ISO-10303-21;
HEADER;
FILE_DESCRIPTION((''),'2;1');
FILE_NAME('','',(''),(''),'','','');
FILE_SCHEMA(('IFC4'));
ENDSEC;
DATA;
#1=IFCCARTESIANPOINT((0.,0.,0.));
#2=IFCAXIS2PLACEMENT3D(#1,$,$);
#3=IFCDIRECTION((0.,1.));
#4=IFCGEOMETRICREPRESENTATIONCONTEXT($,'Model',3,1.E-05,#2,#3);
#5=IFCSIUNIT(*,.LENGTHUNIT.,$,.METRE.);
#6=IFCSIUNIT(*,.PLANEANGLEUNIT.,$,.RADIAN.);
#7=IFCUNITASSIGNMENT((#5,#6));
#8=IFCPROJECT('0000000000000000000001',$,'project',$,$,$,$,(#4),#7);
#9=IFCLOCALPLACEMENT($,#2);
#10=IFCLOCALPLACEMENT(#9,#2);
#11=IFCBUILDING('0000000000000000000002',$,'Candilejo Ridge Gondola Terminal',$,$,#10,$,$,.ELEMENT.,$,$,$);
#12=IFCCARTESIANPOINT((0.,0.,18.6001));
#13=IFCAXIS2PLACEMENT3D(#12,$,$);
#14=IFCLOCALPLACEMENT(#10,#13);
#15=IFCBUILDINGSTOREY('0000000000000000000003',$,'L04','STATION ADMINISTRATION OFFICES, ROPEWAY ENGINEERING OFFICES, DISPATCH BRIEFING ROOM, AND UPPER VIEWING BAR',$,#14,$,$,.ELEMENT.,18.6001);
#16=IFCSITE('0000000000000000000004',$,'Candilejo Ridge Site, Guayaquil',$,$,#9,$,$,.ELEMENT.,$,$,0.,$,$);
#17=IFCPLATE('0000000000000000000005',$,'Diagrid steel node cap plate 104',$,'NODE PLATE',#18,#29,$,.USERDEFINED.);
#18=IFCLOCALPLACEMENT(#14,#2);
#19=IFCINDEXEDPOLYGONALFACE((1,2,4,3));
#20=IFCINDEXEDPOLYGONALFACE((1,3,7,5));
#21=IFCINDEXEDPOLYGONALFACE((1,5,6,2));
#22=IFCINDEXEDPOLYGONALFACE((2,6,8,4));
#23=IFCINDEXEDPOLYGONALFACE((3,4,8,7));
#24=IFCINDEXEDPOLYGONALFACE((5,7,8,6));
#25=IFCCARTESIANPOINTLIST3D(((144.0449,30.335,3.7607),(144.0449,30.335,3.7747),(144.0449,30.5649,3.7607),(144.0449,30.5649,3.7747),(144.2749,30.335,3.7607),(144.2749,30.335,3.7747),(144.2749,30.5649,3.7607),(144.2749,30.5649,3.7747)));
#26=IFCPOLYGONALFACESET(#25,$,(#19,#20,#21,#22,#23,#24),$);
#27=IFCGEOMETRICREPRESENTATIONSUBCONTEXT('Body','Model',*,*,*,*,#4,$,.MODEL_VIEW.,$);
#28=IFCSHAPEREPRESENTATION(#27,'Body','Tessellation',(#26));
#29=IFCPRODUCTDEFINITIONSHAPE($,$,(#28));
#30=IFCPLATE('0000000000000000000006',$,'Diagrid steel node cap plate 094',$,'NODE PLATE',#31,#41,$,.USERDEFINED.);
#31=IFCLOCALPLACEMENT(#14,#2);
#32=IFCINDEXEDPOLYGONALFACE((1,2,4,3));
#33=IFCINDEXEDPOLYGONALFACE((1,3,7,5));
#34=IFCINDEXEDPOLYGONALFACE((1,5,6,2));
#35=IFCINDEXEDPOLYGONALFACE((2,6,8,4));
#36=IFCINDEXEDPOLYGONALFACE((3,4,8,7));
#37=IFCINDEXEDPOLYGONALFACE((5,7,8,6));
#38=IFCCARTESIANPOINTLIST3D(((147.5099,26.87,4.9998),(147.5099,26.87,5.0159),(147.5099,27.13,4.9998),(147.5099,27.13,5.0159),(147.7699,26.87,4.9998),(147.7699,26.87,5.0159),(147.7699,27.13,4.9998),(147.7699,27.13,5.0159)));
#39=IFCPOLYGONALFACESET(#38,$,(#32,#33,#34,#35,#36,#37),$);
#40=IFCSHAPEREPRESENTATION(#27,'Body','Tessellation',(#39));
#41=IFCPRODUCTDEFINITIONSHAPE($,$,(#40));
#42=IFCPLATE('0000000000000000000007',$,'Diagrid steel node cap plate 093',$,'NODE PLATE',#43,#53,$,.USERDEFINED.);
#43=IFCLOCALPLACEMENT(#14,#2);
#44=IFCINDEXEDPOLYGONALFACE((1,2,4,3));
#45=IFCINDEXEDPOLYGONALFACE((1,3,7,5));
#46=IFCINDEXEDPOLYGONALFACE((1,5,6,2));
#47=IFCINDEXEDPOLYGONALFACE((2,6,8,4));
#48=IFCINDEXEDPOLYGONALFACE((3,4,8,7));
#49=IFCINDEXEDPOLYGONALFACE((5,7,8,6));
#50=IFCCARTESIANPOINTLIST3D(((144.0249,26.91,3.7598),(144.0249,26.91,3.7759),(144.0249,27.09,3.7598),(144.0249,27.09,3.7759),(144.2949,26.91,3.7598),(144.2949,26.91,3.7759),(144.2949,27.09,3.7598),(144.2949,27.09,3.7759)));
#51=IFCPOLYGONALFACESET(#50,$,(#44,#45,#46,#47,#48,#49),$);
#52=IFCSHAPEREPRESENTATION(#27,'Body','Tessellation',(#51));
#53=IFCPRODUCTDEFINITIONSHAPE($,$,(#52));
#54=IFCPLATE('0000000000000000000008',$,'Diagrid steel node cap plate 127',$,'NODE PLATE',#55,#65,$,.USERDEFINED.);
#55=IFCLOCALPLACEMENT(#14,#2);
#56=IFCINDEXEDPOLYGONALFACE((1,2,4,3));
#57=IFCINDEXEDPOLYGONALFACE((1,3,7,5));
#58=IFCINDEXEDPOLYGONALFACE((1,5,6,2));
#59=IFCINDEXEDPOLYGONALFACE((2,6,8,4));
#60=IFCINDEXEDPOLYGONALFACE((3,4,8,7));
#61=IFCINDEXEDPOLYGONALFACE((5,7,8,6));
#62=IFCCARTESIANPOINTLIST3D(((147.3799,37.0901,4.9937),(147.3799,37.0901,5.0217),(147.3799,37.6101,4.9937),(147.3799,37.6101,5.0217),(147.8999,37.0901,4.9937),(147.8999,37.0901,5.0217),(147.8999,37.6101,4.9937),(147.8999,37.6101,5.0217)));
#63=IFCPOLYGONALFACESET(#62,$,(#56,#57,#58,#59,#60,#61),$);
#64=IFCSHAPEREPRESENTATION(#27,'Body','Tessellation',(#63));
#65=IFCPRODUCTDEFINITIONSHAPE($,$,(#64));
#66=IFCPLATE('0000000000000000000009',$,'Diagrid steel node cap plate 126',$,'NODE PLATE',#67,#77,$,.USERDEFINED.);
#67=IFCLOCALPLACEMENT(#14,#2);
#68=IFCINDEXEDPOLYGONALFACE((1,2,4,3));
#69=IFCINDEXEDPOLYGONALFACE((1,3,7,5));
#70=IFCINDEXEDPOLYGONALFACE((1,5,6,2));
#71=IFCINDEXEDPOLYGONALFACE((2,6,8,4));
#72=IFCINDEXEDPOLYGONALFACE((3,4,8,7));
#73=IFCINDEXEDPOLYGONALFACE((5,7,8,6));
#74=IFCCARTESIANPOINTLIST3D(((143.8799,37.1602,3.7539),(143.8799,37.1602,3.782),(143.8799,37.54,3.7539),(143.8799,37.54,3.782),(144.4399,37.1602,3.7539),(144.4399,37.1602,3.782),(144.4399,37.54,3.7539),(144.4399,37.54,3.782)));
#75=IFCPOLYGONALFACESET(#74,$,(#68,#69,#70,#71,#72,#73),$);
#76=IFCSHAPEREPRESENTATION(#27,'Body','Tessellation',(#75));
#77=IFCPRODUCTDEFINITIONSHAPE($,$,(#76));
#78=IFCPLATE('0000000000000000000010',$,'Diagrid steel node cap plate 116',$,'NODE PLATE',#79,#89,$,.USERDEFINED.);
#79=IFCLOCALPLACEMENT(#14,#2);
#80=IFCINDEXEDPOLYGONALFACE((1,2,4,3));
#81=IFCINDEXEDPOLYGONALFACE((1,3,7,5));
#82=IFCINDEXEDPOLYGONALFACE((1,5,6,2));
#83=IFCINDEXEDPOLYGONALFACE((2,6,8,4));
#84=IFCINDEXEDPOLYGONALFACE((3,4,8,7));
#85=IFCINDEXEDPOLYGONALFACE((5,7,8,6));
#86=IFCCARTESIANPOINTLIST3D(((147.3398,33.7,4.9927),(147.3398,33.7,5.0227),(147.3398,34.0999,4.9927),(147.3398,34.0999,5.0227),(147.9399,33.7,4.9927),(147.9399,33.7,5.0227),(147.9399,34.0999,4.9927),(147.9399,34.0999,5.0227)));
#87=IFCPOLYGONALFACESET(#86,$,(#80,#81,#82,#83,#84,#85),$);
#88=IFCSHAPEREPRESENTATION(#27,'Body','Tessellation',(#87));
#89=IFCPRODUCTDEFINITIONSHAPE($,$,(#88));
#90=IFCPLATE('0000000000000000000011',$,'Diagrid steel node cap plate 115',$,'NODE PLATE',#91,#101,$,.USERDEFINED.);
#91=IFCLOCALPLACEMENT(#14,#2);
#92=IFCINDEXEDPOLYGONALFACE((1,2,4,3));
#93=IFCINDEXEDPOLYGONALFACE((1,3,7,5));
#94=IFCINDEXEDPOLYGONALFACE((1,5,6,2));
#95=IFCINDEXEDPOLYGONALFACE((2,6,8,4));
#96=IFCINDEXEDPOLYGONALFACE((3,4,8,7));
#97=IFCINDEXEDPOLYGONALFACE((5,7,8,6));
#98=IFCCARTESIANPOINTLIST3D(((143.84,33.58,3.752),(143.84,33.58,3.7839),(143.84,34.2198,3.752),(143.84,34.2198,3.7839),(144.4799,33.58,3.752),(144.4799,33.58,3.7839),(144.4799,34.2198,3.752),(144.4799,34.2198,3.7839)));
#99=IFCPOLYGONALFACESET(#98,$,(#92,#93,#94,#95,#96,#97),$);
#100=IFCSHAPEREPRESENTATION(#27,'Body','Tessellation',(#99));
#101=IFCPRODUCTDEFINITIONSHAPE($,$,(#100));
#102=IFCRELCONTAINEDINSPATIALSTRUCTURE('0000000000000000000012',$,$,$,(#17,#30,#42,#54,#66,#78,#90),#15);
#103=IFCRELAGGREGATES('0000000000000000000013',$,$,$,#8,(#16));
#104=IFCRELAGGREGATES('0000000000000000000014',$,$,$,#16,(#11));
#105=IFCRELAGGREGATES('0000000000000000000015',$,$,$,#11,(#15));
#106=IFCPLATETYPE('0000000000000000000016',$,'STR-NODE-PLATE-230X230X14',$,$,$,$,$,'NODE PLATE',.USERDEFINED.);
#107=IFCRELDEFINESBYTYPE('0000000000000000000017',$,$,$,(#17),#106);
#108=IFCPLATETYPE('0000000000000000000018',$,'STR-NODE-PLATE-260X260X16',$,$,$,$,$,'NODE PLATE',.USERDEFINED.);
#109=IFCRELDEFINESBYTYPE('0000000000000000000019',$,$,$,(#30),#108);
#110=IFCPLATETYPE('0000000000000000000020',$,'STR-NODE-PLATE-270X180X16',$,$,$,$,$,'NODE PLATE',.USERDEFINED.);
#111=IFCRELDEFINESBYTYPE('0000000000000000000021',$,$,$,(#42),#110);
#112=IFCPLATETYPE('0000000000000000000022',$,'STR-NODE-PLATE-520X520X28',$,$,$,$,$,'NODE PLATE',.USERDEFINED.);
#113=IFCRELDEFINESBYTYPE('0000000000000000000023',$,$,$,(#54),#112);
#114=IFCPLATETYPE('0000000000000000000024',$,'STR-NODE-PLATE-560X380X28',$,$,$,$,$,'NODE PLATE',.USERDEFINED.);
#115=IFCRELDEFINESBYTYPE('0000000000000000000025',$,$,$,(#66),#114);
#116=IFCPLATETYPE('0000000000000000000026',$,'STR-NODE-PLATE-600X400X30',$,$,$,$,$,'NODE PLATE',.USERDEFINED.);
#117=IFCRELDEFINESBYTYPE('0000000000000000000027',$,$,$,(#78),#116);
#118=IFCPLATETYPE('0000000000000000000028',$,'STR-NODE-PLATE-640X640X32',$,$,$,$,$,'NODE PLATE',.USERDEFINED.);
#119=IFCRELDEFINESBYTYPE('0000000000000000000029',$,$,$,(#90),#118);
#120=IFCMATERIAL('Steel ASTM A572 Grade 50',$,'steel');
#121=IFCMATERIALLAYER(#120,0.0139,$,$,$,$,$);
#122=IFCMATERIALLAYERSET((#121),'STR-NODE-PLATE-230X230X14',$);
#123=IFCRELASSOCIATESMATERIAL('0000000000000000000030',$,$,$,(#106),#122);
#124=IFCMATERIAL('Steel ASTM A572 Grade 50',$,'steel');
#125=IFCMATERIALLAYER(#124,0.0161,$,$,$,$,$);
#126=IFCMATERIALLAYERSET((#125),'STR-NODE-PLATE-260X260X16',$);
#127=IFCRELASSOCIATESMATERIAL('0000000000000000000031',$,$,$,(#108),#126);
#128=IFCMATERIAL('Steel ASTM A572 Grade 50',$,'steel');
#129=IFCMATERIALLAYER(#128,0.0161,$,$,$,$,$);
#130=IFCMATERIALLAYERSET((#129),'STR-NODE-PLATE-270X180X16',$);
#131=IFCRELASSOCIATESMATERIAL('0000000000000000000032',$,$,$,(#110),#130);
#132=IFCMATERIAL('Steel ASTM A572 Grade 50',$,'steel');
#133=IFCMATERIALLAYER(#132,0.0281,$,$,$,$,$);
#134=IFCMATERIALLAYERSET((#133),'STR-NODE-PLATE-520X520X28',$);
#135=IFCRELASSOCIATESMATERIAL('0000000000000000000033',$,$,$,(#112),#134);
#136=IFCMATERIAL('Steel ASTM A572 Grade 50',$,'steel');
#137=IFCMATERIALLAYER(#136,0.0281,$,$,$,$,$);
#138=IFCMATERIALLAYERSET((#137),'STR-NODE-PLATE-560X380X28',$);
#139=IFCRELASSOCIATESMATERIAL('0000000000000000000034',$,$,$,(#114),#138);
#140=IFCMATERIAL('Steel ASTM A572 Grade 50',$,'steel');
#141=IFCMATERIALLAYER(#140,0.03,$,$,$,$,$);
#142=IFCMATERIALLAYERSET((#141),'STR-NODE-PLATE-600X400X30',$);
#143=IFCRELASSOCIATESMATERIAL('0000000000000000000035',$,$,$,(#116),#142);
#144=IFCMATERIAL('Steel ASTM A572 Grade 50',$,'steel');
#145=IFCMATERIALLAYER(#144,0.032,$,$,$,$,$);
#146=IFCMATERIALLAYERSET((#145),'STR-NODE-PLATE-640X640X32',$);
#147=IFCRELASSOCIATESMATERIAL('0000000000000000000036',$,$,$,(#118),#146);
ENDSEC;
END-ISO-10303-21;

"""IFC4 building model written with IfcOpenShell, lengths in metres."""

from ifc_helpers import new_model, si_unit, direction, frame, origin, origin_2d, place, context, subcontext, project, spatial, rectangle, extrude, material, layer, layer_set, type_object, element, save


model = new_model("IFC4")

# Units and contexts
model_context = context("Model", 3, precision=1e-05, world=origin(), true_north=direction((0.0, 1.0)))
body_context = subcontext(model_context, "Body", "Model", "MODEL_VIEW")
ifc_project = project(units=[si_unit("LENGTHUNIT", "METRE"), si_unit("PLANEANGLEUNIT", "RADIAN")], contexts=[model_context])

# Site, building, storey
site_placement = place(None, origin())
site = spatial("IfcSite", under=ifc_project, at=site_placement, Name="Candilejo Ridge Site, Guayaquil", CompositionType="ELEMENT", RefElevation=0.0)
building_placement = place(site_placement, origin())
building = spatial("IfcBuilding", under=site, at=building_placement, Name="Candilejo Ridge Gondola Terminal", CompositionType="ELEMENT")
storey_placement = place(building_placement, frame((0.0, 0.0, 18.6001)))
storey = spatial("IfcBuildingStorey", under=building, at=storey_placement, Name="L04", Description="STATION ADMINISTRATION OFFICES, ROPEWAY ENGINEERING OFFICES, DISPATCH BRIEFING ROOM, AND UPPER VIEWING BAR", CompositionType="ELEMENT", Elevation=18.6001)

# Plates
ifc_material_1 = material(Name="Steel ASTM A572 Grade 50", Category="steel")
ifc_layer_1 = layer(ifc_material_1, 0.0139)
ifc_layer_set_1 = layer_set([ifc_layer_1], Name="STR-NODE-PLATE-230X230X14")
plate_type_1 = type_object("IfcPlateType", Name="STR-NODE-PLATE-230X230X14", ElementType="NODE PLATE", PredefinedType="USERDEFINED", material=ifc_layer_set_1)
plate_1_placement = place(storey_placement, frame((144.1599, 30.45, 3.7607), z_axis=(0.0, 0.0, 1.0), x_axis=(1.0, 0.0, 0.0)))
element("IfcPlate", 1, at=plate_1_placement, inside=storey, type_object=plate_type_1, Name="Diagrid steel node cap plate 104", ObjectType="NODE PLATE", PredefinedType="USERDEFINED", context=body_context, shape_type="SweptSolid", body=[
    extrude(rectangle(XDim=0.23, YDim=0.23, at=origin_2d()), origin(), (0.0, 0.0, 1.0), 0.0139),
])
ifc_material_2 = material(Name="Steel ASTM A572 Grade 50", Category="steel")
ifc_layer_2 = layer(ifc_material_2, 0.0161)
ifc_layer_set_2 = layer_set([ifc_layer_2], Name="STR-NODE-PLATE-260X260X16")
plate_type_2 = type_object("IfcPlateType", Name="STR-NODE-PLATE-260X260X16", ElementType="NODE PLATE", PredefinedType="USERDEFINED", material=ifc_layer_set_2)
plate_2_placement = place(storey_placement, frame((147.6399, 27.0, 4.9998), z_axis=(0.0, 0.0, 1.0), x_axis=(1.0, 0.0, 0.0)))
element("IfcPlate", 2, at=plate_2_placement, inside=storey, type_object=plate_type_2, Name="Diagrid steel node cap plate 094", ObjectType="NODE PLATE", PredefinedType="USERDEFINED", context=body_context, shape_type="SweptSolid", body=[
    extrude(rectangle(XDim=0.26, YDim=0.26, at=origin_2d()), origin(), (0.0, 0.0, 1.0), 0.0161),
])
ifc_material_3 = material(Name="Steel ASTM A572 Grade 50", Category="steel")
ifc_layer_3 = layer(ifc_material_3, 0.0161)
ifc_layer_set_3 = layer_set([ifc_layer_3], Name="STR-NODE-PLATE-270X180X16")
plate_type_3 = type_object("IfcPlateType", Name="STR-NODE-PLATE-270X180X16", ElementType="NODE PLATE", PredefinedType="USERDEFINED", material=ifc_layer_set_3)
plate_3_placement = place(storey_placement, frame((144.1599, 27.0, 3.7598), z_axis=(0.0, 0.0, 1.0), x_axis=(1.0, 0.0, 0.0)))
element("IfcPlate", 3, at=plate_3_placement, inside=storey, type_object=plate_type_3, Name="Diagrid steel node cap plate 093", ObjectType="NODE PLATE", PredefinedType="USERDEFINED", context=body_context, shape_type="SweptSolid", body=[
    extrude(rectangle(XDim=0.27, YDim=0.1799, at=origin_2d()), origin(), (0.0, 0.0, 1.0), 0.0161),
])
ifc_material_4 = material(Name="Steel ASTM A572 Grade 50", Category="steel")
ifc_layer_4 = layer(ifc_material_4, 0.0281)
ifc_layer_set_4 = layer_set([ifc_layer_4], Name="STR-NODE-PLATE-520X520X28")
plate_type_4 = type_object("IfcPlateType", Name="STR-NODE-PLATE-520X520X28", ElementType="NODE PLATE", PredefinedType="USERDEFINED", material=ifc_layer_set_4)
plate_4_placement = place(storey_placement, frame((147.6399, 37.3501, 4.9937), z_axis=(0.0, 0.0, 1.0), x_axis=(1.0, 0.0, 0.0)))
element("IfcPlate", 4, at=plate_4_placement, inside=storey, type_object=plate_type_4, Name="Diagrid steel node cap plate 127", ObjectType="NODE PLATE", PredefinedType="USERDEFINED", context=body_context, shape_type="SweptSolid", body=[
    extrude(rectangle(XDim=0.52, YDim=0.52, at=origin_2d()), origin(), (0.0, 0.0, 1.0), 0.0281),
])
ifc_material_5 = material(Name="Steel ASTM A572 Grade 50", Category="steel")
ifc_layer_5 = layer(ifc_material_5, 0.0281)
ifc_layer_set_5 = layer_set([ifc_layer_5], Name="STR-NODE-PLATE-560X380X28")
plate_type_5 = type_object("IfcPlateType", Name="STR-NODE-PLATE-560X380X28", ElementType="NODE PLATE", PredefinedType="USERDEFINED", material=ifc_layer_set_5)
plate_5_placement = place(storey_placement, frame((144.1599, 37.3501, 3.7539), z_axis=(0.0, 0.0, 1.0), x_axis=(1.0, 0.0, 0.0)))
element("IfcPlate", 5, at=plate_5_placement, inside=storey, type_object=plate_type_5, Name="Diagrid steel node cap plate 126", ObjectType="NODE PLATE", PredefinedType="USERDEFINED", context=body_context, shape_type="SweptSolid", body=[
    extrude(rectangle(XDim=0.5601, YDim=0.3799, at=origin_2d()), origin(), (0.0, 0.0, 1.0), 0.0281),
])
ifc_material_6 = material(Name="Steel ASTM A572 Grade 50", Category="steel")
ifc_layer_6 = layer(ifc_material_6, 0.03)
ifc_layer_set_6 = layer_set([ifc_layer_6], Name="STR-NODE-PLATE-600X400X30")
plate_type_6 = type_object("IfcPlateType", Name="STR-NODE-PLATE-600X400X30", ElementType="NODE PLATE", PredefinedType="USERDEFINED", material=ifc_layer_set_6)
plate_6_placement = place(storey_placement, frame((147.6399, 33.8999, 4.9927), z_axis=(0.0, 0.0, 1.0), x_axis=(1.0, 0.0, 0.0)))
element("IfcPlate", 6, at=plate_6_placement, inside=storey, type_object=plate_type_6, Name="Diagrid steel node cap plate 116", ObjectType="NODE PLATE", PredefinedType="USERDEFINED", context=body_context, shape_type="SweptSolid", body=[
    extrude(rectangle(XDim=0.6001, YDim=0.3999, at=origin_2d()), origin(), (0.0, 0.0, 1.0), 0.03),
])
ifc_material_7 = material(Name="Steel ASTM A572 Grade 50", Category="steel")
ifc_layer_7 = layer(ifc_material_7, 0.032)
ifc_layer_set_7 = layer_set([ifc_layer_7], Name="STR-NODE-PLATE-640X640X32")
plate_type_7 = type_object("IfcPlateType", Name="STR-NODE-PLATE-640X640X32", ElementType="NODE PLATE", PredefinedType="USERDEFINED", material=ifc_layer_set_7)
plate_7_placement = place(storey_placement, frame((144.1599, 33.8999, 3.752), z_axis=(0.0, 0.0, 1.0), x_axis=(1.0, 0.0, 0.0)))
element("IfcPlate", 7, at=plate_7_placement, inside=storey, type_object=plate_type_7, Name="Diagrid steel node cap plate 115", ObjectType="NODE PLATE", PredefinedType="USERDEFINED", context=body_context, shape_type="SweptSolid", body=[
    extrude(rectangle(XDim=0.6399, YDim=0.6399, at=origin_2d()), origin(), (0.0, 0.0, 1.0), 0.032),
])

save(model, "model.ifc")
